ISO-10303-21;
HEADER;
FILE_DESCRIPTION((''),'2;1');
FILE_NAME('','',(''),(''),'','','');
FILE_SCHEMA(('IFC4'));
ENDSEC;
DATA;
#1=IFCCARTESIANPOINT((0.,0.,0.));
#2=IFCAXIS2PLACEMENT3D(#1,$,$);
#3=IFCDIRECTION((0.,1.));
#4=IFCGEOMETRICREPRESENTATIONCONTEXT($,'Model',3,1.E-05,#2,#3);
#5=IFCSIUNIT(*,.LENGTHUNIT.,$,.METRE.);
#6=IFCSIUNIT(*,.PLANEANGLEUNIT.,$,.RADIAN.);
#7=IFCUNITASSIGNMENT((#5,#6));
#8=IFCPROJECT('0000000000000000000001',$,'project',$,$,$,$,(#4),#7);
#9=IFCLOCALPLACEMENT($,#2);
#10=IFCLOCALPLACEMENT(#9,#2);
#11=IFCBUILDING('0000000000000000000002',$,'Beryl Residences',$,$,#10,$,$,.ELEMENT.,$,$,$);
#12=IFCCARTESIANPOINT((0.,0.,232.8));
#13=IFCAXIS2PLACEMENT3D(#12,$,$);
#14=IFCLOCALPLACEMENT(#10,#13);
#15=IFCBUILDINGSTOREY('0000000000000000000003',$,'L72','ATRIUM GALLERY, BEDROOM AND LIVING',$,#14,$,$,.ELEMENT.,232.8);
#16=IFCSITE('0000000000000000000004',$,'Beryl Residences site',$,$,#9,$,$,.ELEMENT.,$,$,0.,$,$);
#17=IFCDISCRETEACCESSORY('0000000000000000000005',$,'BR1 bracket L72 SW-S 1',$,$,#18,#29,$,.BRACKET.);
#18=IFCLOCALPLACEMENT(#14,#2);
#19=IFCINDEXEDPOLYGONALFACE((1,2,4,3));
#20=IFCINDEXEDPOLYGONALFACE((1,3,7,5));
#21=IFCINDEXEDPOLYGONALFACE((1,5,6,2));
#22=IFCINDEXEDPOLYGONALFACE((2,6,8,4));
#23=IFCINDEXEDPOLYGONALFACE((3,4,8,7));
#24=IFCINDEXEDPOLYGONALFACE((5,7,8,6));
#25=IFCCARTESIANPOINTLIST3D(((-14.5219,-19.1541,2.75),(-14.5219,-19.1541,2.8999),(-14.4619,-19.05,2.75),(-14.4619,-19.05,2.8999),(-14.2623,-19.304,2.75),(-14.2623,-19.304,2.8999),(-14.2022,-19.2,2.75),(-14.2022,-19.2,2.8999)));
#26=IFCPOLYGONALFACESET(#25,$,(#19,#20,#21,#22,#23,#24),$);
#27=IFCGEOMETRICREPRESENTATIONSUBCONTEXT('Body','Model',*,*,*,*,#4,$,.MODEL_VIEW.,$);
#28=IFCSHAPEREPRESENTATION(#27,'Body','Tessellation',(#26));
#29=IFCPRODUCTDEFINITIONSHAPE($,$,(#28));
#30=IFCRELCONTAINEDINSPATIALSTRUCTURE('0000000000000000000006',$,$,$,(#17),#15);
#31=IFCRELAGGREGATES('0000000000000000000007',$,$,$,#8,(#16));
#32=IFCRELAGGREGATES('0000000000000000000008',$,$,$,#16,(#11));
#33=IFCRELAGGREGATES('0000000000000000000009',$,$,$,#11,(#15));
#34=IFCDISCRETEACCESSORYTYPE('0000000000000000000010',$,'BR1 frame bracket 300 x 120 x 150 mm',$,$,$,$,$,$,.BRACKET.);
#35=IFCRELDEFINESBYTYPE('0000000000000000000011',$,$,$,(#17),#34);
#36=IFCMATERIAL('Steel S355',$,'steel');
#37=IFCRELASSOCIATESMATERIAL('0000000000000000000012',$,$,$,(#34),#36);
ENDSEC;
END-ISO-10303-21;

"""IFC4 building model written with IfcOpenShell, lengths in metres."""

from ifc_helpers import new_model, si_unit, direction, frame, origin, place, context, subcontext, project, spatial, polyline, outline, extrude, source, transform, mapped, material, type_object, type_shapes, element, save


model = new_model("IFC4")

# Units and contexts
model_context = context("Model", 3, precision=1e-05, world=origin(), true_north=direction((0.0, 1.0)))
body_context = subcontext(model_context, "Body", "Model", "MODEL_VIEW")
ifc_project = project(units=[si_unit("LENGTHUNIT", "METRE"), si_unit("PLANEANGLEUNIT", "RADIAN")], contexts=[model_context])

# Site, building, storey
site_placement = place(None, origin())
site = spatial("IfcSite", under=ifc_project, at=site_placement, Name="Beryl Residences site", CompositionType="ELEMENT", RefElevation=0.0)
building_placement = place(site_placement, origin())
building = spatial("IfcBuilding", under=site, at=building_placement, Name="Beryl Residences", CompositionType="ELEMENT")
storey_placement = place(building_placement, frame((0.0, 0.0, 232.8)))
storey = spatial("IfcBuildingStorey", under=building, at=storey_placement, Name="L72", Description="ATRIUM GALLERY, BEDROOM AND LIVING", CompositionType="ELEMENT", Elevation=232.8)

# Discrete accessory
ifc_material_1 = material(Name="Steel S355", Category="steel")
discrete_accessory_type = type_object("IfcDiscreteAccessoryType", Name="BR1 frame bracket 300 x 120 x 150 mm", PredefinedType="BRACKET", material=ifc_material_1)
shared_shape_1 = source(origin(), body_context, "Body", "SweptSolid", [
    extrude(outline(polyline([(-0.1499, 0.0), (0.1499, 0.0), (0.1499, 0.1201), (-0.1499, 0.1201), (-0.1499, 0.0)])), origin(), (0.0, 0.0, 1.0), 0.1499),
])
type_shapes(discrete_accessory_type, [shared_shape_1])
for number, where, z_axis, x_axis, name in (
    (1, (-14.332, -19.125, 2.75), (0.0, 0.0, 1.0), (-0.866025, 0.5, 0.0), "BR1 bracket L72 SW-S 1"),
):
    element("IfcDiscreteAccessory", number, at=place(storey_placement, frame(where, z_axis=z_axis, x_axis=x_axis)), inside=storey, type_object=discrete_accessory_type, Name=name, PredefinedType="BRACKET", context=body_context, shape_type="MappedRepresentation", body=[
        mapped(shared_shape_1, transform((0.0, 0.0, 0.0))),
    ])

save(model, "model.ifc")
